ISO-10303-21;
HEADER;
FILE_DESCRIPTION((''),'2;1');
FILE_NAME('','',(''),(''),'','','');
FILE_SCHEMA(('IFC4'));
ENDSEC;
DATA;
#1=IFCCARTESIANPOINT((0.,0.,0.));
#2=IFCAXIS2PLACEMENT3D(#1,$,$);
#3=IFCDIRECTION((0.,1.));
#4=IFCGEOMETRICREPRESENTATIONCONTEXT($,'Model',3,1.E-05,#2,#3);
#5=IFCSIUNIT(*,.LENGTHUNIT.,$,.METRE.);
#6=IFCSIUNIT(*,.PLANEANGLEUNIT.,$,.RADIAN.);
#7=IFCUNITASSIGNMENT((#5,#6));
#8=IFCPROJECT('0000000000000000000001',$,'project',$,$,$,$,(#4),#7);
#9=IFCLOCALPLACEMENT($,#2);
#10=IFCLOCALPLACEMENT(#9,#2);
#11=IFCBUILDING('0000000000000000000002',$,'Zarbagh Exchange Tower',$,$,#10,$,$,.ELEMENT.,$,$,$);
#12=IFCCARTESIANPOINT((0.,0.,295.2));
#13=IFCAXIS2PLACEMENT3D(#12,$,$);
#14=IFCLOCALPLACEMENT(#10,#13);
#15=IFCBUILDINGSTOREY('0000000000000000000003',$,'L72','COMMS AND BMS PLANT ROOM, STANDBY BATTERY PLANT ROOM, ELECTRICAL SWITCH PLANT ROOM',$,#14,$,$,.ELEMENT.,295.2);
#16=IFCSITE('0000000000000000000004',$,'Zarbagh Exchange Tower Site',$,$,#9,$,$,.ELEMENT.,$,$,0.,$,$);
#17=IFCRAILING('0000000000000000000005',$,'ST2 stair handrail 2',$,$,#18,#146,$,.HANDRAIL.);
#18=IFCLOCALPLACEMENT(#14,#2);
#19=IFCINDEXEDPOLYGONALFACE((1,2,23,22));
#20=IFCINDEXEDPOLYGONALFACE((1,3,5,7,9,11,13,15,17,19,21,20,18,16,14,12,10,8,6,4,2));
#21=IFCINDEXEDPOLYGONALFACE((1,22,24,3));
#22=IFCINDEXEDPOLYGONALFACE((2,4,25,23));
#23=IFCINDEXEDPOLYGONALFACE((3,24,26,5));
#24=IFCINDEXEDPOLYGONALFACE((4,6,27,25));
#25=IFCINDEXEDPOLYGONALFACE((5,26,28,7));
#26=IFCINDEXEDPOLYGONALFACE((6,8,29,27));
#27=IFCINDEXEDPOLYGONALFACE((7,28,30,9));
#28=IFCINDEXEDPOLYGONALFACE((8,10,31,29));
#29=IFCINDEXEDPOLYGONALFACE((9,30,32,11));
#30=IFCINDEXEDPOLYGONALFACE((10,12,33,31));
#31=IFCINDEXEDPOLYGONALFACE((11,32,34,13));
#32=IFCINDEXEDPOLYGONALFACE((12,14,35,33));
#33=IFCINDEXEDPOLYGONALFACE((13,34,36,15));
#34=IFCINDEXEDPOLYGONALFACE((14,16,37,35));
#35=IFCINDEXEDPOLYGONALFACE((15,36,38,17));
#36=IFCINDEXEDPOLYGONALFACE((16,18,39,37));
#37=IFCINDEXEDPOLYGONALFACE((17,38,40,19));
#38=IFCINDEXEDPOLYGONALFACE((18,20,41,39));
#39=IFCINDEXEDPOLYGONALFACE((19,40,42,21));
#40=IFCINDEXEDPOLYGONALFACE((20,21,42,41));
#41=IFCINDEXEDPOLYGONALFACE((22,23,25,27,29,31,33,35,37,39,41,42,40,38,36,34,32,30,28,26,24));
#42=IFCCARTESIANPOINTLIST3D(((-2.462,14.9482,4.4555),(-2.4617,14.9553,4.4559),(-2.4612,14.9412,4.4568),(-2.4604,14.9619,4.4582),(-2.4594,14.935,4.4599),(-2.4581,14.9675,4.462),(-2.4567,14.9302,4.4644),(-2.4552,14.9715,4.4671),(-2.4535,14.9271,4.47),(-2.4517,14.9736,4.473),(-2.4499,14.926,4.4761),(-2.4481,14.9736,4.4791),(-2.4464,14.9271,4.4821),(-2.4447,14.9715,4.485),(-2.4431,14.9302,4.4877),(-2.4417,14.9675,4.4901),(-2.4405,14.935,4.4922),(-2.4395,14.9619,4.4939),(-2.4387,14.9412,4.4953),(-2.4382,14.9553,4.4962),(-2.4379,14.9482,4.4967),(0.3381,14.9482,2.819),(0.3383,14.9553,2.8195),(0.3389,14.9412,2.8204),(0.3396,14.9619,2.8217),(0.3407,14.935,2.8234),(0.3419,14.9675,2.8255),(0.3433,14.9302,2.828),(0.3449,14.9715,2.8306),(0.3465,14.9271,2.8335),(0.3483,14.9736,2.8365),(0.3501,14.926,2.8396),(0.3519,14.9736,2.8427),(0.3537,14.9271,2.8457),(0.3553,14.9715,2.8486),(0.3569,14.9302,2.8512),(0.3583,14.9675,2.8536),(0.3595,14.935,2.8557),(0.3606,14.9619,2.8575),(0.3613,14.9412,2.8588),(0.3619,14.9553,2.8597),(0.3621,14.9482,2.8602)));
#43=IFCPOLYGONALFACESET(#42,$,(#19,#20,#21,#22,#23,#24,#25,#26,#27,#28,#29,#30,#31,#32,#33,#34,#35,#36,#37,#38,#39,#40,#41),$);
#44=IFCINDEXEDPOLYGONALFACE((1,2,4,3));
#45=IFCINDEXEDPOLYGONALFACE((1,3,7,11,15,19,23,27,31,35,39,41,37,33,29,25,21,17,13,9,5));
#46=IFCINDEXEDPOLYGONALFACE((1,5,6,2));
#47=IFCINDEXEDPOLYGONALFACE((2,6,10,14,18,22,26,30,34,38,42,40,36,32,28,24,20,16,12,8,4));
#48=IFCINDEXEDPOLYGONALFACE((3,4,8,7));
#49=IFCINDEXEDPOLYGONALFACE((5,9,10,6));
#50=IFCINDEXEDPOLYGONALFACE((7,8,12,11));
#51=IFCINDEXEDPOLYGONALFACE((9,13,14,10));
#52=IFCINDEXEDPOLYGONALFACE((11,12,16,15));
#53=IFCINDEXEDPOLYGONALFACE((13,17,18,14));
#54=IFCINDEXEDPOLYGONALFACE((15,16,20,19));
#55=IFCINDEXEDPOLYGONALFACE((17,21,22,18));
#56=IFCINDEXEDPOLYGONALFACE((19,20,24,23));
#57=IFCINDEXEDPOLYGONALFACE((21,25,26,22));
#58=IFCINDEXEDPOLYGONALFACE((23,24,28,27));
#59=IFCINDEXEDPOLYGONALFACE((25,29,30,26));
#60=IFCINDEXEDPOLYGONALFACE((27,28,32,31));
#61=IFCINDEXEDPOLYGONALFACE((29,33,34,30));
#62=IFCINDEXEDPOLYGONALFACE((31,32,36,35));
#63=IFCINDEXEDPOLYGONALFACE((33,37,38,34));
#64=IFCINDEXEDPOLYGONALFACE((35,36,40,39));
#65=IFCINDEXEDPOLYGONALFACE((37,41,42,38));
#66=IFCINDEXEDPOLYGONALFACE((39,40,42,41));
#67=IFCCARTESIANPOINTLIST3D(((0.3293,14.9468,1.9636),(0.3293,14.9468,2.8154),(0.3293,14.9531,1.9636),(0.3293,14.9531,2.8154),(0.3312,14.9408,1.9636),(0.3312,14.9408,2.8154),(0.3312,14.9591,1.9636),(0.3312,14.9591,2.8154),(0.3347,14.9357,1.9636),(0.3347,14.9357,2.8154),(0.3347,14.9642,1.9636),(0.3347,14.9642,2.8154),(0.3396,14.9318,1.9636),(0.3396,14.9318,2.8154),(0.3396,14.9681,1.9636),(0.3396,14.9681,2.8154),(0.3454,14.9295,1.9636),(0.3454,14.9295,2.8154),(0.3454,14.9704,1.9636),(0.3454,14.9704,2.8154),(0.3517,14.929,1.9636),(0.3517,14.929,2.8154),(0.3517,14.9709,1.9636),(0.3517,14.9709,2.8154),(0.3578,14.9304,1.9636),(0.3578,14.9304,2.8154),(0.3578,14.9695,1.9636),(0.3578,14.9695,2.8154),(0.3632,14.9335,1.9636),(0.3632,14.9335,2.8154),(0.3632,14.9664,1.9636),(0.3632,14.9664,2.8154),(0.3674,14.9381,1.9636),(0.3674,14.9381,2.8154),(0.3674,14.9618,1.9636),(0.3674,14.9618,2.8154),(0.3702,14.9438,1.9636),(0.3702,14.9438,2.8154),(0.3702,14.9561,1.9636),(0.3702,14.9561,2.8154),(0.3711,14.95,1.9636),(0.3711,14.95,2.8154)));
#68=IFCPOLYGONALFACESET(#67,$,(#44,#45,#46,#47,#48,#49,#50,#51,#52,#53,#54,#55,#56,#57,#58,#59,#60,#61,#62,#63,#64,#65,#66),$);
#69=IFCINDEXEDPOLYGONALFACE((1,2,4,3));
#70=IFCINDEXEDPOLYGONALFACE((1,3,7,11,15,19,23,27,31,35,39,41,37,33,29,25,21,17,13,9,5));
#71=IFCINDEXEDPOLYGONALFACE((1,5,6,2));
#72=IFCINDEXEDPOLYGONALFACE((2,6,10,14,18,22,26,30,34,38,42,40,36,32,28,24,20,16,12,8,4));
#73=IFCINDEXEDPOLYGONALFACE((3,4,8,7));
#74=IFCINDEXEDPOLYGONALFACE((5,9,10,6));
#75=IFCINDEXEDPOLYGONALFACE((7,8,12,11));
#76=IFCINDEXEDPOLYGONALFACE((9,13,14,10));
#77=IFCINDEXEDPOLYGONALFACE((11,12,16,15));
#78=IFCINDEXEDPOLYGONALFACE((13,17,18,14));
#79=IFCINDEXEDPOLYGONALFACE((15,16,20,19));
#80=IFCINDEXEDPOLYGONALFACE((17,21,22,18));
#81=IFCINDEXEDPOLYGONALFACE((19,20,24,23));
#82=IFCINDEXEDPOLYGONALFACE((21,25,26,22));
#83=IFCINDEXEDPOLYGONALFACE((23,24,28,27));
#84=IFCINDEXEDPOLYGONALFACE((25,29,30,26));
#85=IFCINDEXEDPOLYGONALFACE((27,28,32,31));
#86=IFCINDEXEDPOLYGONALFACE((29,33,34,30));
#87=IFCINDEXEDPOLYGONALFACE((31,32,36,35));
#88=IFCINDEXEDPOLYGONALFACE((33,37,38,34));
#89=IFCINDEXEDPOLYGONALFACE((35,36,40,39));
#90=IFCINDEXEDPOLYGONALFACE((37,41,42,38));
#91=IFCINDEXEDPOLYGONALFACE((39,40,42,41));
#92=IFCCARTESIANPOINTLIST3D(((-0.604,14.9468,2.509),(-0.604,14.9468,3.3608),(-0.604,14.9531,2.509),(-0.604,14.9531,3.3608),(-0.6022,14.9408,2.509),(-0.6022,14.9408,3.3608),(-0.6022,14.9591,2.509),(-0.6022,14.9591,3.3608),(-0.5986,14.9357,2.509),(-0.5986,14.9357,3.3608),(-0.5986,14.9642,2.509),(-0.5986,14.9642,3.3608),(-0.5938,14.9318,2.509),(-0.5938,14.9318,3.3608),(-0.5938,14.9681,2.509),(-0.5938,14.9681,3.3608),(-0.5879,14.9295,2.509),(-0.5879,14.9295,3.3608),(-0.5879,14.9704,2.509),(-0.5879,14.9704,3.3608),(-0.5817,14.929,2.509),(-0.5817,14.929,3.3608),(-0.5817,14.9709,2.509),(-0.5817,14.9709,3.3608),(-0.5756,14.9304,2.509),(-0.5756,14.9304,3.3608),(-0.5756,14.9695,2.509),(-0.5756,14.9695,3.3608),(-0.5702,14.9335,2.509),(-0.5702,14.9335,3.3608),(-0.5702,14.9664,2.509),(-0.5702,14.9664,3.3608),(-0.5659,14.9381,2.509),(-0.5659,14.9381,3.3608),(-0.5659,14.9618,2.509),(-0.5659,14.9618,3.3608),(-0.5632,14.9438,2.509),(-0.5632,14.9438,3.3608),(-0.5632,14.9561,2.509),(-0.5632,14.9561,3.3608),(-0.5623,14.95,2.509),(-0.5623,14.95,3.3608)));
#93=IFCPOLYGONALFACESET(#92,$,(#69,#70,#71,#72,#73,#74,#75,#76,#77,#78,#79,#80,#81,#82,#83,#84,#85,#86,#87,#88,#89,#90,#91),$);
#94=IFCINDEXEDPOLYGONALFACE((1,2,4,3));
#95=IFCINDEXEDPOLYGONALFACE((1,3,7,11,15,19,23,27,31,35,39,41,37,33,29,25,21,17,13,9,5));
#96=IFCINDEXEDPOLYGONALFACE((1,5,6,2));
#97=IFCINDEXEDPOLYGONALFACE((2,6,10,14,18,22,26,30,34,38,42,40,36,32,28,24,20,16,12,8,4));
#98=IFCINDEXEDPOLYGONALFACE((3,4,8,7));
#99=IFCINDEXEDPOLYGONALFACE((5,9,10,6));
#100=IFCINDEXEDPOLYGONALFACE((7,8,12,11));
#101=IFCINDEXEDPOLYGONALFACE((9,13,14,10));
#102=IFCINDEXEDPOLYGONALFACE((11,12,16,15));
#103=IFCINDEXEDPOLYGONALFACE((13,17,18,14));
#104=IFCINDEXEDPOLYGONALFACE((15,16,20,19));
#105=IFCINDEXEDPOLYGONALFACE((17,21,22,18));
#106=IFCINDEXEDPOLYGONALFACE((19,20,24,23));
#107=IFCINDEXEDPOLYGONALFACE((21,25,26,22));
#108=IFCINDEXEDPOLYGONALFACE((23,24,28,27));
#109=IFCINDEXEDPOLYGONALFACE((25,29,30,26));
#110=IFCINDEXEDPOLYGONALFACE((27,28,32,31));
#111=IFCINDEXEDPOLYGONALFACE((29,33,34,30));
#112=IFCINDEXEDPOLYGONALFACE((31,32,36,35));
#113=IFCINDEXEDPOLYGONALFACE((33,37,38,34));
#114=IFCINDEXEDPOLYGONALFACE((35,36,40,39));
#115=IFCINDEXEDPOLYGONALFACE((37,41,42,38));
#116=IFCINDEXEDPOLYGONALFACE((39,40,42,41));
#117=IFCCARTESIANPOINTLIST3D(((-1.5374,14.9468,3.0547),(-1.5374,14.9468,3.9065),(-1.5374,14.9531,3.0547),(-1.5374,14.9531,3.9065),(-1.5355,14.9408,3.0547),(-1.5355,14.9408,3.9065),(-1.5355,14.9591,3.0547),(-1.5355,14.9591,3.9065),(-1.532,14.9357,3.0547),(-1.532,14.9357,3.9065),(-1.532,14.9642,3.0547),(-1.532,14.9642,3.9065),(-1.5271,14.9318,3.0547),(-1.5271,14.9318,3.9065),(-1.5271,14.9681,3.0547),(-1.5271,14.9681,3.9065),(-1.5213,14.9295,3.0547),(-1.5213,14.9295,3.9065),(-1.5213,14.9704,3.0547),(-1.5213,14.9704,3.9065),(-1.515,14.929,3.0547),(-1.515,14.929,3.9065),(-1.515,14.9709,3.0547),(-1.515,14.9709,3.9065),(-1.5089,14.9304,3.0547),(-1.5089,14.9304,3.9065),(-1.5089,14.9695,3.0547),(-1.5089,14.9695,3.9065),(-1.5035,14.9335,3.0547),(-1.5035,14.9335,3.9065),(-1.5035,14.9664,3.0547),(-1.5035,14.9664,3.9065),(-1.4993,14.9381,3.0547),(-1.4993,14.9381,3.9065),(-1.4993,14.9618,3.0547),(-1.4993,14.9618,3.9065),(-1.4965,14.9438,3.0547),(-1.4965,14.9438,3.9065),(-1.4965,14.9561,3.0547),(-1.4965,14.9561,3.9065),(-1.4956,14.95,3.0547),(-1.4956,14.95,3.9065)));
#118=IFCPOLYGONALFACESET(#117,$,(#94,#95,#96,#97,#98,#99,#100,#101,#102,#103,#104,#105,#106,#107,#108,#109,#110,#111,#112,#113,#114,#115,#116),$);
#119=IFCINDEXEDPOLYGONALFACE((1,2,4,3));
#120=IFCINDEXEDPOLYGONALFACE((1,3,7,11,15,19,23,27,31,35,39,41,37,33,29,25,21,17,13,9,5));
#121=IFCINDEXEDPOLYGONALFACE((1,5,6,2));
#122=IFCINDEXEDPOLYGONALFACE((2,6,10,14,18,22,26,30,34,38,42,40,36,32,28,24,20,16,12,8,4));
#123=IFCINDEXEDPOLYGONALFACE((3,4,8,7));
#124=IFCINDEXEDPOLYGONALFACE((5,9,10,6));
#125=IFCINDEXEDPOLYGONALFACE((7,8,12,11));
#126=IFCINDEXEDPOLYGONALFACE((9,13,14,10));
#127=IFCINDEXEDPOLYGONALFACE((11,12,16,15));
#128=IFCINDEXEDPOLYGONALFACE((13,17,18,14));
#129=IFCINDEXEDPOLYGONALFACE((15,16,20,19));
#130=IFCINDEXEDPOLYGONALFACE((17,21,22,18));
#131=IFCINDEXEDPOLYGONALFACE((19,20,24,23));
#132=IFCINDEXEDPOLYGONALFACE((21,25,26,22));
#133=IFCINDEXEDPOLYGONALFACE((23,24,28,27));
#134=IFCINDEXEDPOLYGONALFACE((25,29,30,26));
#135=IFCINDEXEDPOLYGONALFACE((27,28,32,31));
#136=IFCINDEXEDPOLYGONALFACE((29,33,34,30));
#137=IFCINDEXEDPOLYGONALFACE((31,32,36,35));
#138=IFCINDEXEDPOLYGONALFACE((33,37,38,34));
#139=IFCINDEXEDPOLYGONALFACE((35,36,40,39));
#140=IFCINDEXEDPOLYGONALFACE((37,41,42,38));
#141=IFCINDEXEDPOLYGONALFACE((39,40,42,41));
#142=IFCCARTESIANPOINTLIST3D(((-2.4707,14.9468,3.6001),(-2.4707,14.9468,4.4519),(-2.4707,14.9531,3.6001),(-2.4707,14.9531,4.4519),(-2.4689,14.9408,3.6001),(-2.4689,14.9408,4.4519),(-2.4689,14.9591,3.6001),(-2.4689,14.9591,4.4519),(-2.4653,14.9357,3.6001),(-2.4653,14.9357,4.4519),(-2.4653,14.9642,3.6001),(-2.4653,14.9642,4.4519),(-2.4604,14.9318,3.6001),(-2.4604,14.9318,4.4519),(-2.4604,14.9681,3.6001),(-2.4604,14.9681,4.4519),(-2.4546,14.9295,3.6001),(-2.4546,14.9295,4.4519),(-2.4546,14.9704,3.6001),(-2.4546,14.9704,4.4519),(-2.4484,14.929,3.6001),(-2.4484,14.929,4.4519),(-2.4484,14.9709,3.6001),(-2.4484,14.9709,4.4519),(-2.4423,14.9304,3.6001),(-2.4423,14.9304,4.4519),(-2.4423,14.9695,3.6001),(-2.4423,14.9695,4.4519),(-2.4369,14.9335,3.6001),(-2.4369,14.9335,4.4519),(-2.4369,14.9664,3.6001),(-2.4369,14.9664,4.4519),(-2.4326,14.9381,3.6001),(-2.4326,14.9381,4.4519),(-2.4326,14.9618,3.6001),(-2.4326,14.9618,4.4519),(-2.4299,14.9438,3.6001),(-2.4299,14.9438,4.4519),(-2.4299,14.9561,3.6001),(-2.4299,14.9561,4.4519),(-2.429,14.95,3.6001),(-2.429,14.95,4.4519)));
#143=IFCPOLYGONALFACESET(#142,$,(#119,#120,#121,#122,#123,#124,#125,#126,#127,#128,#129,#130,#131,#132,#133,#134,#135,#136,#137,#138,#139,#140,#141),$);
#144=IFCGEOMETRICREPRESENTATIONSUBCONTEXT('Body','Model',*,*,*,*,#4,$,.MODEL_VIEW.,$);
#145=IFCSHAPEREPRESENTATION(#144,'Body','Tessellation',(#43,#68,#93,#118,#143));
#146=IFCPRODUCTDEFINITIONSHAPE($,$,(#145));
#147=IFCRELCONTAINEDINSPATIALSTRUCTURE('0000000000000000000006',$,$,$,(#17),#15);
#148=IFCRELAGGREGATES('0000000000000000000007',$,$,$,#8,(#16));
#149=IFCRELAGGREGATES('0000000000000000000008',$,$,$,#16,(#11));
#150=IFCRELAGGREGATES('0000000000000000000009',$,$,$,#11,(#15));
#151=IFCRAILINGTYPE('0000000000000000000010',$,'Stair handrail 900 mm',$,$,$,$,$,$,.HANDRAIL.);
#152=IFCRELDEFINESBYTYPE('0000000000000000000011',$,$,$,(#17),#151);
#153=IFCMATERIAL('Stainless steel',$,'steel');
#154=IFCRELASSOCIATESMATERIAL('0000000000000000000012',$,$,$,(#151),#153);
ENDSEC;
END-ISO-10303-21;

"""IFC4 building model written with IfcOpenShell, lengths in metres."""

from ifc_helpers import new_model, si_unit, direction, frame, origin, origin_2d, place, context, subcontext, project, spatial, circle, extrude, material, type_object, element, save


model = new_model("IFC4")

# Units and contexts
model_context = context("Model", 3, precision=1e-05, world=origin(), true_north=direction((0.0, 1.0)))
body_context = subcontext(model_context, "Body", "Model", "MODEL_VIEW")
ifc_project = project(units=[si_unit("LENGTHUNIT", "METRE"), si_unit("PLANEANGLEUNIT", "RADIAN")], contexts=[model_context])

# Site, building, storey
site_placement = place(None, origin())
site = spatial("IfcSite", under=ifc_project, at=site_placement, Name="Zarbagh Exchange Tower Site", CompositionType="ELEMENT", RefElevation=0.0)
building_placement = place(site_placement, origin())
building = spatial("IfcBuilding", under=site, at=building_placement, Name="Zarbagh Exchange Tower", CompositionType="ELEMENT")
storey_placement = place(building_placement, frame((0.0, 0.0, 295.2)))
storey = spatial("IfcBuildingStorey", under=building, at=storey_placement, Name="L72", Description="COMMS AND BMS PLANT ROOM, STANDBY BATTERY PLANT ROOM, ELECTRICAL SWITCH PLANT ROOM", CompositionType="ELEMENT", Elevation=295.2)

# Shared definitions
ifc_material_1 = material(Name="Stainless steel", Category="steel")

# Railing
railing_type_1 = type_object("IfcRailingType", Name="Stair handrail 900 mm", PredefinedType="HANDRAIL", material=ifc_material_1)
railing_1_placement = place(storey_placement, frame((0.3501, 14.95, 1.9636)))
element("IfcRailing", 1, at=railing_1_placement, inside=storey, type_object=railing_type_1, Name="ST2 stair handrail 2", PredefinedType="HANDRAIL", context=body_context, shape_type="SweptSolid", body=[
    extrude(circle(Radius=0.0239, at=origin_2d()), frame((0.0, 0.0, 0.876), z_axis=(-0.863361, 0.0, 0.504587), x_axis=(0.0, -1.0, 0.0)), (0.0, 0.0, 1.0), 3.2432),
    extrude(circle(Radius=0.021, at=origin_2d()), origin(), (0.0, 0.0, 1.0), 0.8518),
    extrude(circle(Radius=0.021, at=origin_2d()), frame((-0.9333, 0.0, 0.5454)), (0.0, 0.0, 1.0), 0.8518),
    extrude(circle(Radius=0.021, at=origin_2d()), frame((-1.8667, 0.0, 1.0911)), (0.0, 0.0, 1.0), 0.8518),
    extrude(circle(Radius=0.021, at=origin_2d()), frame((-2.8, 0.0, 1.6365)), (0.0, 0.0, 1.0), 0.8518),
])

save(model, "model.ifc")
